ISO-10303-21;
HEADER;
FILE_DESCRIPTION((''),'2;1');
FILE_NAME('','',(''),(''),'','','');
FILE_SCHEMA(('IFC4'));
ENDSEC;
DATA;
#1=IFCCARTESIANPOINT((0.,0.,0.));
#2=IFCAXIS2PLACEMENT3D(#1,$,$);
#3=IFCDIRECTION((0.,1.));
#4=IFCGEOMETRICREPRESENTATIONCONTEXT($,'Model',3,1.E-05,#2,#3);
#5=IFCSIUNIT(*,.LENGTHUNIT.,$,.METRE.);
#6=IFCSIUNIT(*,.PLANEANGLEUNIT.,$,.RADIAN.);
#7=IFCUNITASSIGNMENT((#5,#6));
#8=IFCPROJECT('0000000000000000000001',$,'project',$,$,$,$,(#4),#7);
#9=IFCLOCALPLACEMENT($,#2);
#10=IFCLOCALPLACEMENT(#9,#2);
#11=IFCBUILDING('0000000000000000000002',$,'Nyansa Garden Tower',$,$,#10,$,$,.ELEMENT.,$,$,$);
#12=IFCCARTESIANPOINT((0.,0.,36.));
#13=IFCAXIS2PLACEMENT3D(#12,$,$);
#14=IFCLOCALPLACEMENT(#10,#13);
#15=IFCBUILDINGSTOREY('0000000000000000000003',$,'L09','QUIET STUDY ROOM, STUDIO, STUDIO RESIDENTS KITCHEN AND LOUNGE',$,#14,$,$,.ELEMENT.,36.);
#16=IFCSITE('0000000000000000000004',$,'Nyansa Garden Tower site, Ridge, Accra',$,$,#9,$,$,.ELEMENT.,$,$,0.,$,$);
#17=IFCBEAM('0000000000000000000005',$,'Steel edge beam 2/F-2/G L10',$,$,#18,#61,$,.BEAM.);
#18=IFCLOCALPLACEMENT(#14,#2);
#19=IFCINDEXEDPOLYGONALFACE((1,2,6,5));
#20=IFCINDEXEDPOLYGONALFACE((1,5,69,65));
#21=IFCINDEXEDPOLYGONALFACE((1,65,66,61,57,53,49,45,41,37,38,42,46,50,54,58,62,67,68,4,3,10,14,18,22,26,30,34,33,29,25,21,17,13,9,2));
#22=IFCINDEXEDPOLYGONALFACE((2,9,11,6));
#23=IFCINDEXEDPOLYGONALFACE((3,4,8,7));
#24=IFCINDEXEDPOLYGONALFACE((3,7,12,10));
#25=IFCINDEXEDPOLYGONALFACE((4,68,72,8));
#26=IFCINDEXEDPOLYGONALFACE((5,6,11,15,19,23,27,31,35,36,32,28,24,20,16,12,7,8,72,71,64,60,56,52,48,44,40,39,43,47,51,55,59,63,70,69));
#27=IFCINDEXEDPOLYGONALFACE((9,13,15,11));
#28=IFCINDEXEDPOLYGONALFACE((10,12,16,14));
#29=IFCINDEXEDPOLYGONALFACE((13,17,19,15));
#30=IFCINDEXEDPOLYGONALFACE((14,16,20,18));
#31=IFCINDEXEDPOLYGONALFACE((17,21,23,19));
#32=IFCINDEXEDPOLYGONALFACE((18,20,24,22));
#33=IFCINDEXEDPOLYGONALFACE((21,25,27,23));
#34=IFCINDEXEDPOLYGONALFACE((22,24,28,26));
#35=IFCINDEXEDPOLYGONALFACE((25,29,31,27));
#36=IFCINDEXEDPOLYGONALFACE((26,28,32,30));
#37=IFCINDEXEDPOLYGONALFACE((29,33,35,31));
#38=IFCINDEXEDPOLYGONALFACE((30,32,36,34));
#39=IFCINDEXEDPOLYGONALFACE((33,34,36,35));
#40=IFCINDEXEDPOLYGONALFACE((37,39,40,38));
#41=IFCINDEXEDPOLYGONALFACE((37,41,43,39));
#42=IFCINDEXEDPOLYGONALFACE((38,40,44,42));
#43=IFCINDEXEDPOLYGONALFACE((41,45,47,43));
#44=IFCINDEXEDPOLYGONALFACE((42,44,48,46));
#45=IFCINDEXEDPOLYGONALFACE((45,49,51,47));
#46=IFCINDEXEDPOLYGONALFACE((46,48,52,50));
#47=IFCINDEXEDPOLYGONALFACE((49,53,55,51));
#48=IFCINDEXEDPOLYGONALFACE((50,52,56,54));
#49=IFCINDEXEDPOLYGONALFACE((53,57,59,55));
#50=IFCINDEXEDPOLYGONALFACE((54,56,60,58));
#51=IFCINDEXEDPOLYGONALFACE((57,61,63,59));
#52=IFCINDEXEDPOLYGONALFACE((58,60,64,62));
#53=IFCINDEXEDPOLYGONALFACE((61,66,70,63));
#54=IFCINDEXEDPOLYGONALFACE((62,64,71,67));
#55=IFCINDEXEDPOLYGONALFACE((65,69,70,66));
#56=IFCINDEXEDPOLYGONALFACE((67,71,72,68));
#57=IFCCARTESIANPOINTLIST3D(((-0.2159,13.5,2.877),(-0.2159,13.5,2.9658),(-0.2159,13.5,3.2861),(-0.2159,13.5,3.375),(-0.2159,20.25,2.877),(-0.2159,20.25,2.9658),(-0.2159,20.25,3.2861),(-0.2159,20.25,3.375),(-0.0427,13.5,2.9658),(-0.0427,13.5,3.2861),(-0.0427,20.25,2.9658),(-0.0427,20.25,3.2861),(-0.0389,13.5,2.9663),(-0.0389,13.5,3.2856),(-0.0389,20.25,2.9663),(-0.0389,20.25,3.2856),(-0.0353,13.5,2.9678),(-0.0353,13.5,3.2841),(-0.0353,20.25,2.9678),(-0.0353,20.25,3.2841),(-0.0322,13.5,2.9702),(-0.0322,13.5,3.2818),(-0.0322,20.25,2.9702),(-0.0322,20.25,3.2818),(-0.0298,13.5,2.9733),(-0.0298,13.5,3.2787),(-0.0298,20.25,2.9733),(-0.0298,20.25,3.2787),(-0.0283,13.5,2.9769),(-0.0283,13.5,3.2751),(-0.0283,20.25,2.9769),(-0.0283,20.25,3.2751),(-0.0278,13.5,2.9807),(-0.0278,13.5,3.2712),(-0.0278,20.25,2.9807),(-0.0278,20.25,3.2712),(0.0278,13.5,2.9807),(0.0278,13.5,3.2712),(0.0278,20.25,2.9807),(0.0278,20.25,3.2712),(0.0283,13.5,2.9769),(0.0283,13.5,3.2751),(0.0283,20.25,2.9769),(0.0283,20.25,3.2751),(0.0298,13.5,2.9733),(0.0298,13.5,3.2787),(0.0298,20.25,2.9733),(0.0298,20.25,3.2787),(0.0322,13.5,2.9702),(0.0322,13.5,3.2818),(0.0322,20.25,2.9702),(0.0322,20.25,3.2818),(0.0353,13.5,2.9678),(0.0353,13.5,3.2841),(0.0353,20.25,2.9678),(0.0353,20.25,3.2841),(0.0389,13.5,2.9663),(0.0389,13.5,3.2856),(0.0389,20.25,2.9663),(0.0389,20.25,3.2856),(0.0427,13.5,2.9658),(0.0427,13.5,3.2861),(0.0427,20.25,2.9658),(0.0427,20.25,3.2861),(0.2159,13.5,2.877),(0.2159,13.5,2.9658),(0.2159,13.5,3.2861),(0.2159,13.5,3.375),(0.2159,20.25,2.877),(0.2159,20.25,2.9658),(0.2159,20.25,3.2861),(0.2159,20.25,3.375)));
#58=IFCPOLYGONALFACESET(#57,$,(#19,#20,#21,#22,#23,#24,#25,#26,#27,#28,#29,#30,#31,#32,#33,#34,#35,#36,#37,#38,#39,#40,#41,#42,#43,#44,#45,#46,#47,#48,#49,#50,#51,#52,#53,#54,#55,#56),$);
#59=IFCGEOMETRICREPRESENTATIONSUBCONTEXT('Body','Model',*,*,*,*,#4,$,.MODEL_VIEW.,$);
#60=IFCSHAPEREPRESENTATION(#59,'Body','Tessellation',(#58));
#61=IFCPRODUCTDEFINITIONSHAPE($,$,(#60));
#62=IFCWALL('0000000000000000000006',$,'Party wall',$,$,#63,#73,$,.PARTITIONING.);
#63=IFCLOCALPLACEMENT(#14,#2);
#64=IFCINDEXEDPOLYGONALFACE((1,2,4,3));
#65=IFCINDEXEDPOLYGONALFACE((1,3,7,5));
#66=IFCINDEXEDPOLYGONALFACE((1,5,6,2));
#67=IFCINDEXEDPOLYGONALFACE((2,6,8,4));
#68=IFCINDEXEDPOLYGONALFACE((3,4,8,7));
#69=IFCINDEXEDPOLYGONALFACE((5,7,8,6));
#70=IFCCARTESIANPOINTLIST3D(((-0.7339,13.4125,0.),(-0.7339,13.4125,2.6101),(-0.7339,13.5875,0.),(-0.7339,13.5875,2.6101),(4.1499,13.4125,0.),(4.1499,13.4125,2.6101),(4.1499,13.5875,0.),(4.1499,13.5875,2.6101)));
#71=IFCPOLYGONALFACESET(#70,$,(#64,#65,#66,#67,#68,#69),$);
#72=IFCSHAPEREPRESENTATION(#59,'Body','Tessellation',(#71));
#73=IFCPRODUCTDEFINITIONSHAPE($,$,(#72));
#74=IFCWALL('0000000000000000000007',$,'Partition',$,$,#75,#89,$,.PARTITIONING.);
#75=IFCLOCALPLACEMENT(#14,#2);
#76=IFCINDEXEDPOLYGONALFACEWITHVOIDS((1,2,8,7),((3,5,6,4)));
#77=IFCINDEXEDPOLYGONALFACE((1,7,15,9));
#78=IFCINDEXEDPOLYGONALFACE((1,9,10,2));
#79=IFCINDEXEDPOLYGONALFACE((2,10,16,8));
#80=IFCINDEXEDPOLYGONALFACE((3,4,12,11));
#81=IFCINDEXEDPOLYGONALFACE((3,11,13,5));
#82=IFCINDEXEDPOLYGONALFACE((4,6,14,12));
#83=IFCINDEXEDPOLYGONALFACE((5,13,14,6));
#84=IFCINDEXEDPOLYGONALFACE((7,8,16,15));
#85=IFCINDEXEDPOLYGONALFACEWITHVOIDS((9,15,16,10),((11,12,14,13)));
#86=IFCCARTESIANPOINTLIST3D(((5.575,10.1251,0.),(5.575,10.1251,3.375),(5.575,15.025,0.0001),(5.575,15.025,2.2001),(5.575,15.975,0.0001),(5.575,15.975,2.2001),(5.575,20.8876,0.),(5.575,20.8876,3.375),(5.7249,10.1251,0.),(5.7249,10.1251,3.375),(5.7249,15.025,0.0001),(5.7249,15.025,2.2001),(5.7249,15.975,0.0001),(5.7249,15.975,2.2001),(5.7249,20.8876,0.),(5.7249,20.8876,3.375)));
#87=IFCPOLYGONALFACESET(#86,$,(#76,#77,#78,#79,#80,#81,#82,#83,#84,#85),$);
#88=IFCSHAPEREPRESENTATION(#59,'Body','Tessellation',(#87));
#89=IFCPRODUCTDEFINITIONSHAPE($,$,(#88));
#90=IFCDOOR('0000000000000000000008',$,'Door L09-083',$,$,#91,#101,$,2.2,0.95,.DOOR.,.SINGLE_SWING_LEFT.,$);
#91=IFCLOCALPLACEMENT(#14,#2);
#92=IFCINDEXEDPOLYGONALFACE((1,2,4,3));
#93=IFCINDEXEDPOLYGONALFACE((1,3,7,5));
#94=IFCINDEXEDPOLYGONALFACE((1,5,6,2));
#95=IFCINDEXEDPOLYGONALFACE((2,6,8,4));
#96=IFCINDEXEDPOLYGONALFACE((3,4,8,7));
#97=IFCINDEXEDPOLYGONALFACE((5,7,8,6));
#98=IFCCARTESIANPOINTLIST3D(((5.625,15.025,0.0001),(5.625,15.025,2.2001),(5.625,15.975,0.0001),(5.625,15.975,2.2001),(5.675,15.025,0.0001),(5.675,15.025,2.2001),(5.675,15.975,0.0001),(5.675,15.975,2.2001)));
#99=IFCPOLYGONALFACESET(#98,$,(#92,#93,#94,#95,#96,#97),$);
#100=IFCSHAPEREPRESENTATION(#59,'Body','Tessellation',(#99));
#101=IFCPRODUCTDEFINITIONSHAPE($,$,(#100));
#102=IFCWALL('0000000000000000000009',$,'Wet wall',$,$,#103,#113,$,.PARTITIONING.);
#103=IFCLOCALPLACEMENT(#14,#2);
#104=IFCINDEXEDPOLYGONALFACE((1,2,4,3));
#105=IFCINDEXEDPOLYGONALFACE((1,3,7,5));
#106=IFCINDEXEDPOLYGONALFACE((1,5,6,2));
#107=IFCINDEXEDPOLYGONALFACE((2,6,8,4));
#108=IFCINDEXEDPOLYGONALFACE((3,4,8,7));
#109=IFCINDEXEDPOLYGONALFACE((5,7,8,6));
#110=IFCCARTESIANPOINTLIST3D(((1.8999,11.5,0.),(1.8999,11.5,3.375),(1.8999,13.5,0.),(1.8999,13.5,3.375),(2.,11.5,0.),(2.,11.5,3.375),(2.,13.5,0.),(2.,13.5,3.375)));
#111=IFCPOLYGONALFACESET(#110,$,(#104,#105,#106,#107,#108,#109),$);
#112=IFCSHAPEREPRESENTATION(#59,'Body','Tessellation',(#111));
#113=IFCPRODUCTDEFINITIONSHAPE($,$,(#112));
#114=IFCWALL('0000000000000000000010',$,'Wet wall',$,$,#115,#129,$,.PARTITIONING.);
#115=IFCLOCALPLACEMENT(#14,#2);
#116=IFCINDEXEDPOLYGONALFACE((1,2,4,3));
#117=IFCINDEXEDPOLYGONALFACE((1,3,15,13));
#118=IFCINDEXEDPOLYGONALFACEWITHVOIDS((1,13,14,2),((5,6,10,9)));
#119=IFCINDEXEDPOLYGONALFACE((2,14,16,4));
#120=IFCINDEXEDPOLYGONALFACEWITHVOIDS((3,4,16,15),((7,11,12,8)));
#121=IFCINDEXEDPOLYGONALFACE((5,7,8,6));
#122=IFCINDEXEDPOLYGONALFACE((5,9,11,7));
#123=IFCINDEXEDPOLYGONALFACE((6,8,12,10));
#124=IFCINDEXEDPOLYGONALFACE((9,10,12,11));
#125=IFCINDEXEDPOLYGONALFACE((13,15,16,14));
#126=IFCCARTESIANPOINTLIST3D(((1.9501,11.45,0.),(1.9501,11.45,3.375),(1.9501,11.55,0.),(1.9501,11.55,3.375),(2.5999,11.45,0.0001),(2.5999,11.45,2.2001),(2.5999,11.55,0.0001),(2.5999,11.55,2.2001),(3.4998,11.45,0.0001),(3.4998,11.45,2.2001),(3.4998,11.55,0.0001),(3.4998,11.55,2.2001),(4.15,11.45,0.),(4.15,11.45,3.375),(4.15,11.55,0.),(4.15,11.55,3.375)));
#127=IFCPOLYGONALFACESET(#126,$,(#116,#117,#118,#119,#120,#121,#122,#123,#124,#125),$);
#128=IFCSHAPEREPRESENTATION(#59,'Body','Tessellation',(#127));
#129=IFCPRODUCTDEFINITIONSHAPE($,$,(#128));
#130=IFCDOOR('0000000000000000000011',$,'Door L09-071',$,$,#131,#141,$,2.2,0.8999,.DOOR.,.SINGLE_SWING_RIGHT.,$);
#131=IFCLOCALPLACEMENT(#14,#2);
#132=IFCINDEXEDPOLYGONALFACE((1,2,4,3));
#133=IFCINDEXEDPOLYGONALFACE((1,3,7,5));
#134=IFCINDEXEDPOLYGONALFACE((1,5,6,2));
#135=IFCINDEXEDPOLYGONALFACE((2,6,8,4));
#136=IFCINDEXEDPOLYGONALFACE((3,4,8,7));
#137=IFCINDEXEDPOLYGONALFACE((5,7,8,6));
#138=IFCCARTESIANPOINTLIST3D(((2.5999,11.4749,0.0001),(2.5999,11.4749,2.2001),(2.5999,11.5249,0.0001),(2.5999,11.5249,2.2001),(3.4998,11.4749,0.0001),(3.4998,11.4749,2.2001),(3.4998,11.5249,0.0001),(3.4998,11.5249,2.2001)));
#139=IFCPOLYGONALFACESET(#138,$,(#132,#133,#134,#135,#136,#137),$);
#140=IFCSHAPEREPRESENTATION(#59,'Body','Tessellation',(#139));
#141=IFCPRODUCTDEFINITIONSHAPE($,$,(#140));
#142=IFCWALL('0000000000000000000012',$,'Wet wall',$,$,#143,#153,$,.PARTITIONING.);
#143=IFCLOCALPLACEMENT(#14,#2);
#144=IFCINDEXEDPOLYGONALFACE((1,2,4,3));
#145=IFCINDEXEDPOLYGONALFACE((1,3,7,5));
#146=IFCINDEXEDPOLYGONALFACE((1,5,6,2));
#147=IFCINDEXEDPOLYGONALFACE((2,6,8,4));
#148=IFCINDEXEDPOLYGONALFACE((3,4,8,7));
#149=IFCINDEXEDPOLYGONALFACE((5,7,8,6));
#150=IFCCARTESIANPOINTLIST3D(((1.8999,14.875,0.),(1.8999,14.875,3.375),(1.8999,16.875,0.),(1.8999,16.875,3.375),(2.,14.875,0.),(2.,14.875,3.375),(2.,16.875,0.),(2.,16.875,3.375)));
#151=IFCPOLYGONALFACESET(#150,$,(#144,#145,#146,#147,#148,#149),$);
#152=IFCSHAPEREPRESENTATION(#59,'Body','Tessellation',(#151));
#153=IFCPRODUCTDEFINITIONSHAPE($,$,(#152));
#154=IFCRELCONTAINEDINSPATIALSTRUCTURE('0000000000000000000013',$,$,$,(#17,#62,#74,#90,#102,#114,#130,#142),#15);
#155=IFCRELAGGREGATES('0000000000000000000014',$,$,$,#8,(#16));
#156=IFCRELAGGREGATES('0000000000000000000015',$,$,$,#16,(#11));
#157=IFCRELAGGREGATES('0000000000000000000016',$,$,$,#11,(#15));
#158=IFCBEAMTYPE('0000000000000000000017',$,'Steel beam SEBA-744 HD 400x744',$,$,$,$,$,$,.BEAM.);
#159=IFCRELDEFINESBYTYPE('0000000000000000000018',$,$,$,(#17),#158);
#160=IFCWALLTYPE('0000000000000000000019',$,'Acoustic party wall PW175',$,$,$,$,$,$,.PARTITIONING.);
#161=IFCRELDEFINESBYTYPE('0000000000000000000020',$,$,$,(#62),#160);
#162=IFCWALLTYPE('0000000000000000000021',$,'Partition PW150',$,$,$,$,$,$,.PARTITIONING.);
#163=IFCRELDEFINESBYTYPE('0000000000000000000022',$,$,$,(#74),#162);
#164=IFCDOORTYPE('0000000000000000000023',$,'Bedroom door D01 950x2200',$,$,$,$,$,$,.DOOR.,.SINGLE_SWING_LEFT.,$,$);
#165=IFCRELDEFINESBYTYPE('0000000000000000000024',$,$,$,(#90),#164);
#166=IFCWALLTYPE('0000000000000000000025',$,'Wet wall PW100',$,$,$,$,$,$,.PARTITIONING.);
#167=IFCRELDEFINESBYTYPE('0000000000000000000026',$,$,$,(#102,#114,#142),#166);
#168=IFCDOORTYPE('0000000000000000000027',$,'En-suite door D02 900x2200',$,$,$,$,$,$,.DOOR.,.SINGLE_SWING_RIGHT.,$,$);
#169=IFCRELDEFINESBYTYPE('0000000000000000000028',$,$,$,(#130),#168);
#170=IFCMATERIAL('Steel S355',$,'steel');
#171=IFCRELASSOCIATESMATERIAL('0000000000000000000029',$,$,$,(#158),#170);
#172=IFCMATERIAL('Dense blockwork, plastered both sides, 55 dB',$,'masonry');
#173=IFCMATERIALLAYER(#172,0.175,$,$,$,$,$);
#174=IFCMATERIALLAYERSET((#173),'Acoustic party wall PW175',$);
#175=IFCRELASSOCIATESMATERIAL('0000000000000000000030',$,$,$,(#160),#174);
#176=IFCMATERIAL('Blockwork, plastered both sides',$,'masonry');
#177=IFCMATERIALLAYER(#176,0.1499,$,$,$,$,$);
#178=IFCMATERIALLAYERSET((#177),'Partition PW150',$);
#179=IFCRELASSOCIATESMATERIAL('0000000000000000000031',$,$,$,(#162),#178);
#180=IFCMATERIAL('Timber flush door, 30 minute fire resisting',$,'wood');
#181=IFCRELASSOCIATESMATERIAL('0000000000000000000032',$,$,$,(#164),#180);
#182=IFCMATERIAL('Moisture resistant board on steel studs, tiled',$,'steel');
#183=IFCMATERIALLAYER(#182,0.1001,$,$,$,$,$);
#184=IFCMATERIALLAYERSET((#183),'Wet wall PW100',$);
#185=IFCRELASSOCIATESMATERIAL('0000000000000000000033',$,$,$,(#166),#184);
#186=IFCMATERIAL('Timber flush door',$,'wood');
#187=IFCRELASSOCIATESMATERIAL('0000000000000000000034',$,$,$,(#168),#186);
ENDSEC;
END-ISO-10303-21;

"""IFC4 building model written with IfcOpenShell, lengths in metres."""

from ifc_helpers import new_model, si_unit, direction, frame, frame_2d, origin, origin_2d, place, context, subcontext, project, spatial, rectangle, i_section, extrude, material, layer, layer_set, material_profile, profile_set, type_object, element, fill, save


model = new_model("IFC4")

# Units and contexts
model_context = context("Model", 3, precision=1e-05, world=origin(), true_north=direction((0.0, 1.0)))
body_context = subcontext(model_context, "Body", "Model", "MODEL_VIEW")
ifc_project = project(units=[si_unit("LENGTHUNIT", "METRE"), si_unit("PLANEANGLEUNIT", "RADIAN")], contexts=[model_context])

# Site, building, storey
site_placement = place(None, origin())
site = spatial("IfcSite", under=ifc_project, at=site_placement, Name="Nyansa Garden Tower site, Ridge, Accra", CompositionType="ELEMENT", RefElevation=0.0)
building_placement = place(site_placement, origin())
building = spatial("IfcBuilding", under=site, at=building_placement, Name="Nyansa Garden Tower", CompositionType="ELEMENT")
storey_placement = place(building_placement, frame((0.0, 0.0, 36.0)))
storey = spatial("IfcBuildingStorey", under=building, at=storey_placement, Name="L09", Description="QUIET STUDY ROOM, STUDIO, STUDIO RESIDENTS KITCHEN AND LOUNGE", CompositionType="ELEMENT", Elevation=36.0)

# Beam
ifc_material_1 = material(Name="Steel S355", Category="steel")
ifc_material_profile_1 = material_profile(ifc_material_1, i_section(OverallWidth=0.4319, OverallDepth=0.498, WebThickness=0.0557, FlangeThickness=0.0889, FilletRadius=0.0149, at=origin_2d()), Name="HD 400x744")
ifc_profile_set_1 = profile_set([ifc_material_profile_1], Name="Steel S355")
beam_type_1 = type_object("IfcBeamType", Name="Steel beam SEBA-744 HD 400x744", PredefinedType="BEAM", material=ifc_profile_set_1)
beam_1_placement = place(storey_placement, frame((0.0, 13.5, 3.126), z_axis=(0.0, 1.0, 0.0), x_axis=(-1.0, 0.0, 0.0)))
element("IfcBeam", 1, at=beam_1_placement, inside=storey, type_object=beam_type_1, Name="Steel edge beam 2/F-2/G L10", PredefinedType="BEAM", context=body_context, shape_type="SweptSolid", body=[
    extrude(i_section(OverallWidth=0.4319, OverallDepth=0.498, WebThickness=0.0557, FlangeThickness=0.0889, FilletRadius=0.0149, at=origin_2d()), origin(), (0.0, 0.0, 1.0), 6.75),
])

# Wall
ifc_material_2 = material(Name="Dense blockwork, plastered both sides, 55 dB", Category="masonry")
ifc_layer_1 = layer(ifc_material_2, 0.175)
ifc_layer_set_1 = layer_set([ifc_layer_1], Name="Acoustic party wall PW175")
wall_type_1 = type_object("IfcWallType", Name="Acoustic party wall PW175", PredefinedType="PARTITIONING", material=ifc_layer_set_1)
wall_1_placement = place(storey_placement, frame((-0.7339, 13.5, 0.0), z_axis=(0.0, 0.0, 1.0), x_axis=(1.0, 0.0, 0.0)))
element("IfcWall", 2, at=wall_1_placement, inside=storey, type_object=wall_type_1, Name="Party wall", PredefinedType="PARTITIONING", context=body_context, shape_type="SweptSolid", body=[
    extrude(rectangle(XDim=4.8838, YDim=0.175, at=frame_2d((2.4419, 0.0))), origin(), (0.0, 0.0, 1.0), 2.6101),
])

# Wall, opening, door
ifc_material_3 = material(Name="Blockwork, plastered both sides", Category="masonry")
ifc_layer_2 = layer(ifc_material_3, 0.1499)
ifc_layer_set_2 = layer_set([ifc_layer_2], Name="Partition PW150")
wall_type_2 = type_object("IfcWallType", Name="Partition PW150", PredefinedType="PARTITIONING", material=ifc_layer_set_2)
wall_2_placement = place(storey_placement, frame((5.6499, 10.125, 0.0), z_axis=(0.0, 0.0, 1.0), x_axis=(0.0, 1.0, 0.0)))
wall_2 = element("IfcWall", 3, at=wall_2_placement, inside=storey, type_object=wall_type_2, Name="Partition", PredefinedType="PARTITIONING", context=body_context, shape_type="SweptSolid", body=[
    extrude(rectangle(XDim=10.7625, YDim=0.1499, at=frame_2d((5.3813, 0.0))), origin(), (0.0, 0.0, 1.0), 3.375),
])
opening_1_placement = place(wall_2_placement, frame((4.8999, 0.0, 0.0)))
opening_1 = element("IfcOpeningElement", 4, at=opening_1_placement, cuts=wall_2, PredefinedType="OPENING", context=body_context, shape_type="SweptSolid", body=[
    extrude(rectangle(XDim=0.95, YDim=2.2, at=frame_2d((0.4751, 1.1001))), frame((0.0, 0.085, 0.0), z_axis=(0.0, -1.0, 0.0), x_axis=(1.0, 0.0, 0.0)), (0.0, 0.0, 1.0), 0.1699),
])
ifc_material_4 = material(Name="Timber flush door, 30 minute fire resisting", Category="wood")
door_type_1 = type_object("IfcDoorType", Name="Bedroom door D01 950x2200", OperationType="SINGLE_SWING_LEFT", PredefinedType="DOOR", material=ifc_material_4)
door_1_placement = place(opening_1_placement, origin())
door_1 = element("IfcDoor", 5, at=door_1_placement, inside=storey, type_object=door_type_1, Name="Door L09-083", OperationType="SINGLE_SWING_LEFT", OverallHeight=2.2, OverallWidth=0.95, PredefinedType="DOOR", context=body_context, shape_type="SweptSolid", body=[
    extrude(rectangle(XDim=0.95, YDim=2.2, at=frame_2d((0.4751, 1.1001))), frame((0.0, 0.0249, 0.0), z_axis=(0.0, -1.0, 0.0), x_axis=(1.0, 0.0, 0.0)), (0.0, 0.0, 1.0), 0.05),
])
fill(opening_1, door_1)

# Wall
ifc_material_5 = material(Name="Moisture resistant board on steel studs, tiled", Category="steel")
ifc_layer_3 = layer(ifc_material_5, 0.1001)
ifc_layer_set_3 = layer_set([ifc_layer_3], Name="Wet wall PW100")
wall_type_3 = type_object("IfcWallType", Name="Wet wall PW100", PredefinedType="PARTITIONING", material=ifc_layer_set_3)
wall_3_placement = place(storey_placement, frame((1.95, 11.5, 0.0), z_axis=(0.0, 0.0, 1.0), x_axis=(0.0, 1.0, 0.0)))
element("IfcWall", 6, at=wall_3_placement, inside=storey, type_object=wall_type_3, Name="Wet wall", PredefinedType="PARTITIONING", context=body_context, shape_type="SweptSolid", body=[
    extrude(rectangle(XDim=2.0, YDim=0.1001, at=frame_2d((1.0, 0.0))), origin(), (0.0, 0.0, 1.0), 3.375),
])

# Wall, opening, door
wall_4_placement = place(storey_placement, frame((1.95, 11.5, 0.0), z_axis=(0.0, 0.0, 1.0), x_axis=(1.0, 0.0, 0.0)))
wall_4 = element("IfcWall", 7, at=wall_4_placement, inside=storey, type_object=wall_type_3, Name="Wet wall", PredefinedType="PARTITIONING", context=body_context, shape_type="SweptSolid", body=[
    extrude(rectangle(XDim=2.2, YDim=0.1001, at=frame_2d((1.1001, 0.0))), origin(), (0.0, 0.0, 1.0), 3.375),
])
opening_2_placement = place(wall_4_placement, frame((0.6499, 0.0, 0.0)))
opening_2 = element("IfcOpeningElement", 8, at=opening_2_placement, cuts=wall_4, PredefinedType="OPENING", context=body_context, shape_type="SweptSolid", body=[
    extrude(rectangle(XDim=0.8999, YDim=2.2, at=frame_2d((0.45, 1.1001))), frame((0.0, 0.0601, 0.0), z_axis=(0.0, -1.0, 0.0), x_axis=(1.0, 0.0, 0.0)), (0.0, 0.0, 1.0), 0.1201),
])
ifc_material_6 = material(Name="Timber flush door", Category="wood")
door_type_2 = type_object("IfcDoorType", Name="En-suite door D02 900x2200", OperationType="SINGLE_SWING_RIGHT", PredefinedType="DOOR", material=ifc_material_6)
door_2_placement = place(opening_2_placement, origin())
door_2 = element("IfcDoor", 9, at=door_2_placement, inside=storey, type_object=door_type_2, Name="Door L09-071", OperationType="SINGLE_SWING_RIGHT", OverallHeight=2.2, OverallWidth=0.8999, PredefinedType="DOOR", context=body_context, shape_type="SweptSolid", body=[
    extrude(rectangle(XDim=0.8999, YDim=2.2, at=frame_2d((0.45, 1.1001))), frame((0.0, 0.0249, 0.0), z_axis=(0.0, -1.0, 0.0), x_axis=(1.0, 0.0, 0.0)), (0.0, 0.0, 1.0), 0.05),
])
fill(opening_2, door_2)

# Wall
wall_5_placement = place(storey_placement, frame((1.95, 14.875, 0.0), z_axis=(0.0, 0.0, 1.0), x_axis=(0.0, 1.0, 0.0)))
element("IfcWall", 10, at=wall_5_placement, inside=storey, type_object=wall_type_3, Name="Wet wall", PredefinedType="PARTITIONING", context=body_context, shape_type="SweptSolid", body=[
    extrude(rectangle(XDim=2.0, YDim=0.1001, at=frame_2d((1.0, 0.0))), origin(), (0.0, 0.0, 1.0), 3.375),
])

save(model, "model.ifc")
